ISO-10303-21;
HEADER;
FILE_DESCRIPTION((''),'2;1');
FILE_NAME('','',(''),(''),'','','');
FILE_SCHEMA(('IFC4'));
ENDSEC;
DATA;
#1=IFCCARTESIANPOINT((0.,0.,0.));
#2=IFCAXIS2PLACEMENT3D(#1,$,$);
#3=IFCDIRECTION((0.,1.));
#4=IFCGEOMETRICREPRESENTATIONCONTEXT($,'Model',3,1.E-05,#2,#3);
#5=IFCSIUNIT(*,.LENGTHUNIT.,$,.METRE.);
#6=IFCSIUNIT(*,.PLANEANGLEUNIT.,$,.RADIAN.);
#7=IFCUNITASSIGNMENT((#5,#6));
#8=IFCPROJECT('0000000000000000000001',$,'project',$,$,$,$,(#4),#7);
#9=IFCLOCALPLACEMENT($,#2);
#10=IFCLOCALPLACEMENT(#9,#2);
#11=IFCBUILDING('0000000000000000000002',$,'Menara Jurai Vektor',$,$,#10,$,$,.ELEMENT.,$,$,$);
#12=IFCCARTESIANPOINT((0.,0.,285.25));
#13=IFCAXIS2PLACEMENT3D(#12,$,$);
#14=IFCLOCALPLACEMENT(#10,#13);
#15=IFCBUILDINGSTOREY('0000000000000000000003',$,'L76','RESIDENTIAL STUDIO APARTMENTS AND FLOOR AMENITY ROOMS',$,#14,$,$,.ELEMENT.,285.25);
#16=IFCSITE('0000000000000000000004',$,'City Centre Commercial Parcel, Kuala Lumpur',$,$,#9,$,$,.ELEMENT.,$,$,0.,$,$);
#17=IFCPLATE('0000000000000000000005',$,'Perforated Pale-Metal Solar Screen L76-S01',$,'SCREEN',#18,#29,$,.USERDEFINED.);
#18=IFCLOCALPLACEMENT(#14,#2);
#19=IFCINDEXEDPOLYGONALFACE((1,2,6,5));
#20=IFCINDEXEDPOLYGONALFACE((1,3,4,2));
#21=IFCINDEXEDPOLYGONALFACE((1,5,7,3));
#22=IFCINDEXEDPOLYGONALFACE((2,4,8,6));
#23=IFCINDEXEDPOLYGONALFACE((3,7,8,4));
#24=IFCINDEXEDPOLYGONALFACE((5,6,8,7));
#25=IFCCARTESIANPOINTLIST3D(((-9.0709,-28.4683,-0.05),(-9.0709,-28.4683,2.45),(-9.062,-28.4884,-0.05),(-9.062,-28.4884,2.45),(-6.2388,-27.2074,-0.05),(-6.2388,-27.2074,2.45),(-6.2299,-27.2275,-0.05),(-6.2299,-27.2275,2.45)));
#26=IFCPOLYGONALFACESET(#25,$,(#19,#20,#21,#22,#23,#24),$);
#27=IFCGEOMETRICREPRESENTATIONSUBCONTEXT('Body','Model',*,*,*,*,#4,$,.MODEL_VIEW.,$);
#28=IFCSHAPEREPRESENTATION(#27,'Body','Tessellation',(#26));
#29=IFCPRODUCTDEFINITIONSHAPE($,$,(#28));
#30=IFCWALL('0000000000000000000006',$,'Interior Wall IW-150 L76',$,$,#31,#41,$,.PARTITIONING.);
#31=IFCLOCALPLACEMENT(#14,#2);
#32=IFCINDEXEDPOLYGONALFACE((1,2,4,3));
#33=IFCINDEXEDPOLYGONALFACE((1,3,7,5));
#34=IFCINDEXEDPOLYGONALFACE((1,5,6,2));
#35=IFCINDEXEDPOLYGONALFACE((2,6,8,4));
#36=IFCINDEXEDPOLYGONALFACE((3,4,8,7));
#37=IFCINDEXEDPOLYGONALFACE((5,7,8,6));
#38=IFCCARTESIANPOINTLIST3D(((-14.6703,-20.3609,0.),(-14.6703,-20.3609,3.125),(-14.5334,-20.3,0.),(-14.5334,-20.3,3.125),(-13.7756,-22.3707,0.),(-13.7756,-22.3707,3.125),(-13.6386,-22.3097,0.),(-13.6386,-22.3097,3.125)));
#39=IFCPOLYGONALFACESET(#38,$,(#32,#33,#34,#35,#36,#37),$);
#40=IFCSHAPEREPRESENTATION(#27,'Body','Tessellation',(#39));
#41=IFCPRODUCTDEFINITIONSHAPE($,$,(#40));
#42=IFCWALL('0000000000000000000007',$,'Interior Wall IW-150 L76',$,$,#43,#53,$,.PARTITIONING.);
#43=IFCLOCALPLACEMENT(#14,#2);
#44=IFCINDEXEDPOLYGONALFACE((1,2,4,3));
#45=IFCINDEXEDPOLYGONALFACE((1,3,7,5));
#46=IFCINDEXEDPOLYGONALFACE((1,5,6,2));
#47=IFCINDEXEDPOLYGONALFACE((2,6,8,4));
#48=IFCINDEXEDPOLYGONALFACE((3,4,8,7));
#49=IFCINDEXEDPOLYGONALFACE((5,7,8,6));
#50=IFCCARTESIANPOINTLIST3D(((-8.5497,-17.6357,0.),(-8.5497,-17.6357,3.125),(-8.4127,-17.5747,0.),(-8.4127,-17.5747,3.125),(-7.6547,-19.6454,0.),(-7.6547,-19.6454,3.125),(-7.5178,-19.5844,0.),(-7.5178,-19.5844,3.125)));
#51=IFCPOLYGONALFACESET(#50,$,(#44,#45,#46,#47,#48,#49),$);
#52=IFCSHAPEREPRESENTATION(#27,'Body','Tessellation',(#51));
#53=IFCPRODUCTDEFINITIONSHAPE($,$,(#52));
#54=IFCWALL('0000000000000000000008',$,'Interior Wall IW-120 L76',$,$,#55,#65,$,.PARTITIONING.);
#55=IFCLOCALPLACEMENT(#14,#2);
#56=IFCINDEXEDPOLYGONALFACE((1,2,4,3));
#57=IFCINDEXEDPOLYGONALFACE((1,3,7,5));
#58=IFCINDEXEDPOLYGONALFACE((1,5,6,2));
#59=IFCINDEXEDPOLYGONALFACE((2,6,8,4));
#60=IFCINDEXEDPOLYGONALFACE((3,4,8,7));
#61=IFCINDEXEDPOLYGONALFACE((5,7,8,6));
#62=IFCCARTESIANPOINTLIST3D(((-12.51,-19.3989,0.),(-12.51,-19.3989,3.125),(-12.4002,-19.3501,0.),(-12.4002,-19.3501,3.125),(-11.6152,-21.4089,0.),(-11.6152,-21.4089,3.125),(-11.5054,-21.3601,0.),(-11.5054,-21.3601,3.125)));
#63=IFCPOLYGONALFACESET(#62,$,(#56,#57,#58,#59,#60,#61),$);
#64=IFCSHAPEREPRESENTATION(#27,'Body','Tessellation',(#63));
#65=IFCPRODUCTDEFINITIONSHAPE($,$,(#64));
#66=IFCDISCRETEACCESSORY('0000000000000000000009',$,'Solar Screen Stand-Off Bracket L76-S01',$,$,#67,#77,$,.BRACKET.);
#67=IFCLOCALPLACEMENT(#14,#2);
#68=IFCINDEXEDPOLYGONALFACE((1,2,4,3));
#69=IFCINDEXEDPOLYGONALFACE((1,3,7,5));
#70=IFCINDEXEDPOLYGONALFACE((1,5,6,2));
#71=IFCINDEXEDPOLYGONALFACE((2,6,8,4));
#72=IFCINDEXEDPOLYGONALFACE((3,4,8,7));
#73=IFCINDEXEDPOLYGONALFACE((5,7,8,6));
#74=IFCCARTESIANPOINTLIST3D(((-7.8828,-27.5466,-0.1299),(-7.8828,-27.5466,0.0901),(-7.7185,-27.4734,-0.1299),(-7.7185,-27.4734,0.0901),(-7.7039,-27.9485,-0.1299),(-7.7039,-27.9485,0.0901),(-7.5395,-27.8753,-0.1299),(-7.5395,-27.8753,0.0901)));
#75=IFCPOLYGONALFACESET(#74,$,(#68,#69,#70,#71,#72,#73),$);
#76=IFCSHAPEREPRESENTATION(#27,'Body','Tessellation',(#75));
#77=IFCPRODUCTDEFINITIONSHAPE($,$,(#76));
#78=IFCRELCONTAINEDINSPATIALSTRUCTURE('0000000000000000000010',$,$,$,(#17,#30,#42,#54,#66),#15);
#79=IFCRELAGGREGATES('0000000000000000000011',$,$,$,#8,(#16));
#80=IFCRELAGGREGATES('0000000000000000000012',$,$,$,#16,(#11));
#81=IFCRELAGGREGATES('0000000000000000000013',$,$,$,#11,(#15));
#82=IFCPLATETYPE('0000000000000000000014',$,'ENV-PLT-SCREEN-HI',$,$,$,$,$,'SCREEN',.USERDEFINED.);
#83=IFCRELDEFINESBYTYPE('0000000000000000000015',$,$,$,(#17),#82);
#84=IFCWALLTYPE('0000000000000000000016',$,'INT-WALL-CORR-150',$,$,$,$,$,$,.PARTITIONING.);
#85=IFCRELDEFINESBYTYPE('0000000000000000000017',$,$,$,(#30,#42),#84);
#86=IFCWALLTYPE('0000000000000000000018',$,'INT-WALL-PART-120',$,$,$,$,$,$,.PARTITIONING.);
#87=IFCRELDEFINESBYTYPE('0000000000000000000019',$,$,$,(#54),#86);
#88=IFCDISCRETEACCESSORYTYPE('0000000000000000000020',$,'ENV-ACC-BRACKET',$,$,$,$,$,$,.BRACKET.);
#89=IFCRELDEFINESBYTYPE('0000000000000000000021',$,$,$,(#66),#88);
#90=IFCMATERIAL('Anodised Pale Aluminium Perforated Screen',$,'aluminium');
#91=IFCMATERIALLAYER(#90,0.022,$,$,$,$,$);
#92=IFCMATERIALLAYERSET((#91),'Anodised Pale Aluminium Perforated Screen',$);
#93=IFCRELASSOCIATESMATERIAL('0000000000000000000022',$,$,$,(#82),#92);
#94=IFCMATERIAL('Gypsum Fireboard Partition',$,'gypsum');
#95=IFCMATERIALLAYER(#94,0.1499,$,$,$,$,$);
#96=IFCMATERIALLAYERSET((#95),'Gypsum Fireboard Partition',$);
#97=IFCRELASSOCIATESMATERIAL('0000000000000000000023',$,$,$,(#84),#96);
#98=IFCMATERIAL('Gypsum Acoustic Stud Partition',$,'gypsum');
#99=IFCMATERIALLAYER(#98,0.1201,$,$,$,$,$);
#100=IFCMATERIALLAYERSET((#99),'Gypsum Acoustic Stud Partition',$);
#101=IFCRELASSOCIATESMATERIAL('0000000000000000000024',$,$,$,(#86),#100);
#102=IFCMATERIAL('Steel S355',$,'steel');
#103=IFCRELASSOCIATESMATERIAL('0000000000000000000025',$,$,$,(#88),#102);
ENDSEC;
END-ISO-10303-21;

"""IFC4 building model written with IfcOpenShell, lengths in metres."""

from ifc_helpers import new_model, si_unit, direction, frame, frame_2d, origin, origin_2d, place, context, subcontext, project, spatial, rectangle, extrude, material, layer, layer_set, type_object, element, save


model = new_model("IFC4")

# Units and contexts
model_context = context("Model", 3, precision=1e-05, world=origin(), true_north=direction((0.0, 1.0)))
body_context = subcontext(model_context, "Body", "Model", "MODEL_VIEW")
ifc_project = project(units=[si_unit("LENGTHUNIT", "METRE"), si_unit("PLANEANGLEUNIT", "RADIAN")], contexts=[model_context])

# Site, building, storey
site_placement = place(None, origin())
site = spatial("IfcSite", under=ifc_project, at=site_placement, Name="City Centre Commercial Parcel, Kuala Lumpur", CompositionType="ELEMENT", RefElevation=0.0)
building_placement = place(site_placement, origin())
building = spatial("IfcBuilding", under=site, at=building_placement, Name="Menara Jurai Vektor", CompositionType="ELEMENT")
storey_placement = place(building_placement, frame((0.0, 0.0, 285.25)))
storey = spatial("IfcBuildingStorey", under=building, at=storey_placement, Name="L76", Description="RESIDENTIAL STUDIO APARTMENTS AND FLOOR AMENITY ROOMS", CompositionType="ELEMENT", Elevation=285.25)

# Shared definitions
ifc_material_1 = material(Name="Steel S355", Category="steel")

# Plate
ifc_material_2 = material(Name="Anodised Pale Aluminium Perforated Screen", Category="aluminium")
ifc_layer_1 = layer(ifc_material_2, 0.022)
ifc_layer_set_1 = layer_set([ifc_layer_1], Name="Anodised Pale Aluminium Perforated Screen")
plate_type_1 = type_object("IfcPlateType", Name="ENV-PLT-SCREEN-HI", ElementType="SCREEN", PredefinedType="USERDEFINED", material=ifc_layer_set_1)
plate_1_placement = place(storey_placement, frame((-7.6504, -27.8479, -0.05), z_axis=(0.0, 0.0, 1.0), x_axis=(0.913545, 0.406737, 0.0)))
element("IfcPlate", 1, at=plate_1_placement, inside=storey, type_object=plate_type_1, Name="Perforated Pale-Metal Solar Screen L76-S01", ObjectType="SCREEN", PredefinedType="USERDEFINED", context=body_context, shape_type="SweptSolid", body=[
    extrude(rectangle(XDim=3.1001, YDim=0.022, at=origin_2d()), origin(), (0.0, 0.0, 1.0), 2.5),
])

# Wall
ifc_material_3 = material(Name="Gypsum Fireboard Partition", Category="gypsum")
ifc_layer_2 = layer(ifc_material_3, 0.1499)
ifc_layer_set_2 = layer_set([ifc_layer_2], Name="Gypsum Fireboard Partition")
wall_type_1 = type_object("IfcWallType", Name="INT-WALL-CORR-150", PredefinedType="PARTITIONING", material=ifc_layer_set_2)
wall_1_placement = place(storey_placement, frame((-13.707, -22.3403, 0.0), z_axis=(0.0, 0.0, 1.0), x_axis=(-0.406725, 0.913551, 0.0)))
element("IfcWall", 2, at=wall_1_placement, inside=storey, type_object=wall_type_1, Name="Interior Wall IW-150 L76", PredefinedType="PARTITIONING", context=body_context, shape_type="SweptSolid", body=[
    extrude(rectangle(XDim=2.2, YDim=0.1499, at=frame_2d((1.1001, 0.0))), origin(), (0.0, 0.0, 1.0), 3.125),
])

# Walls
wall_2_placement = place(storey_placement, frame((-7.5862, -19.615, 0.0), z_axis=(0.0, 0.0, 1.0), x_axis=(-0.406818, 0.913509, 0.0)))
element("IfcWall", 3, at=wall_2_placement, inside=storey, type_object=wall_type_1, Name="Interior Wall IW-150 L76", PredefinedType="PARTITIONING", context=body_context, shape_type="SweptSolid", body=[
    extrude(rectangle(XDim=2.2, YDim=0.1499, at=frame_2d((1.1001, 0.0))), origin(), (0.0, 0.0, 1.0), 3.125),
])
ifc_material_4 = material(Name="Gypsum Acoustic Stud Partition", Category="gypsum")
ifc_layer_3 = layer(ifc_material_4, 0.1201)
ifc_layer_set_3 = layer_set([ifc_layer_3], Name="Gypsum Acoustic Stud Partition")
wall_type_2 = type_object("IfcWallType", Name="INT-WALL-PART-120", PredefinedType="PARTITIONING", material=ifc_layer_set_3)
wall_3_placement = place(storey_placement, frame((-11.5603, -21.3845, 0.0), z_axis=(0.0, 0.0, 1.0), x_axis=(-0.406684, 0.913569, 0.0)))
element("IfcWall", 4, at=wall_3_placement, inside=storey, type_object=wall_type_2, Name="Interior Wall IW-120 L76", PredefinedType="PARTITIONING", context=body_context, shape_type="SweptSolid", body=[
    extrude(rectangle(XDim=2.2002, YDim=0.1201, at=frame_2d((1.1001, 0.0))), origin(), (0.0, 0.0, 1.0), 3.125),
])

# Discrete accessory
discrete_accessory_type = type_object("IfcDiscreteAccessoryType", Name="ENV-ACC-BRACKET", PredefinedType="BRACKET", material=ifc_material_1)
discrete_accessory_placement = place(storey_placement, frame((-7.7112, -27.7109, -0.1299), z_axis=(0.0, 0.0, 1.0), x_axis=(0.913545, 0.406737, 0.0)))
element("IfcDiscreteAccessory", 5, at=discrete_accessory_placement, inside=storey, type_object=discrete_accessory_type, Name="Solar Screen Stand-Off Bracket L76-S01", PredefinedType="BRACKET", context=body_context, shape_type="SweptSolid", body=[
    extrude(rectangle(XDim=0.1799, YDim=0.4399, at=origin_2d()), origin(), (0.0, 0.0, 1.0), 0.22),
])

save(model, "model.ifc")
